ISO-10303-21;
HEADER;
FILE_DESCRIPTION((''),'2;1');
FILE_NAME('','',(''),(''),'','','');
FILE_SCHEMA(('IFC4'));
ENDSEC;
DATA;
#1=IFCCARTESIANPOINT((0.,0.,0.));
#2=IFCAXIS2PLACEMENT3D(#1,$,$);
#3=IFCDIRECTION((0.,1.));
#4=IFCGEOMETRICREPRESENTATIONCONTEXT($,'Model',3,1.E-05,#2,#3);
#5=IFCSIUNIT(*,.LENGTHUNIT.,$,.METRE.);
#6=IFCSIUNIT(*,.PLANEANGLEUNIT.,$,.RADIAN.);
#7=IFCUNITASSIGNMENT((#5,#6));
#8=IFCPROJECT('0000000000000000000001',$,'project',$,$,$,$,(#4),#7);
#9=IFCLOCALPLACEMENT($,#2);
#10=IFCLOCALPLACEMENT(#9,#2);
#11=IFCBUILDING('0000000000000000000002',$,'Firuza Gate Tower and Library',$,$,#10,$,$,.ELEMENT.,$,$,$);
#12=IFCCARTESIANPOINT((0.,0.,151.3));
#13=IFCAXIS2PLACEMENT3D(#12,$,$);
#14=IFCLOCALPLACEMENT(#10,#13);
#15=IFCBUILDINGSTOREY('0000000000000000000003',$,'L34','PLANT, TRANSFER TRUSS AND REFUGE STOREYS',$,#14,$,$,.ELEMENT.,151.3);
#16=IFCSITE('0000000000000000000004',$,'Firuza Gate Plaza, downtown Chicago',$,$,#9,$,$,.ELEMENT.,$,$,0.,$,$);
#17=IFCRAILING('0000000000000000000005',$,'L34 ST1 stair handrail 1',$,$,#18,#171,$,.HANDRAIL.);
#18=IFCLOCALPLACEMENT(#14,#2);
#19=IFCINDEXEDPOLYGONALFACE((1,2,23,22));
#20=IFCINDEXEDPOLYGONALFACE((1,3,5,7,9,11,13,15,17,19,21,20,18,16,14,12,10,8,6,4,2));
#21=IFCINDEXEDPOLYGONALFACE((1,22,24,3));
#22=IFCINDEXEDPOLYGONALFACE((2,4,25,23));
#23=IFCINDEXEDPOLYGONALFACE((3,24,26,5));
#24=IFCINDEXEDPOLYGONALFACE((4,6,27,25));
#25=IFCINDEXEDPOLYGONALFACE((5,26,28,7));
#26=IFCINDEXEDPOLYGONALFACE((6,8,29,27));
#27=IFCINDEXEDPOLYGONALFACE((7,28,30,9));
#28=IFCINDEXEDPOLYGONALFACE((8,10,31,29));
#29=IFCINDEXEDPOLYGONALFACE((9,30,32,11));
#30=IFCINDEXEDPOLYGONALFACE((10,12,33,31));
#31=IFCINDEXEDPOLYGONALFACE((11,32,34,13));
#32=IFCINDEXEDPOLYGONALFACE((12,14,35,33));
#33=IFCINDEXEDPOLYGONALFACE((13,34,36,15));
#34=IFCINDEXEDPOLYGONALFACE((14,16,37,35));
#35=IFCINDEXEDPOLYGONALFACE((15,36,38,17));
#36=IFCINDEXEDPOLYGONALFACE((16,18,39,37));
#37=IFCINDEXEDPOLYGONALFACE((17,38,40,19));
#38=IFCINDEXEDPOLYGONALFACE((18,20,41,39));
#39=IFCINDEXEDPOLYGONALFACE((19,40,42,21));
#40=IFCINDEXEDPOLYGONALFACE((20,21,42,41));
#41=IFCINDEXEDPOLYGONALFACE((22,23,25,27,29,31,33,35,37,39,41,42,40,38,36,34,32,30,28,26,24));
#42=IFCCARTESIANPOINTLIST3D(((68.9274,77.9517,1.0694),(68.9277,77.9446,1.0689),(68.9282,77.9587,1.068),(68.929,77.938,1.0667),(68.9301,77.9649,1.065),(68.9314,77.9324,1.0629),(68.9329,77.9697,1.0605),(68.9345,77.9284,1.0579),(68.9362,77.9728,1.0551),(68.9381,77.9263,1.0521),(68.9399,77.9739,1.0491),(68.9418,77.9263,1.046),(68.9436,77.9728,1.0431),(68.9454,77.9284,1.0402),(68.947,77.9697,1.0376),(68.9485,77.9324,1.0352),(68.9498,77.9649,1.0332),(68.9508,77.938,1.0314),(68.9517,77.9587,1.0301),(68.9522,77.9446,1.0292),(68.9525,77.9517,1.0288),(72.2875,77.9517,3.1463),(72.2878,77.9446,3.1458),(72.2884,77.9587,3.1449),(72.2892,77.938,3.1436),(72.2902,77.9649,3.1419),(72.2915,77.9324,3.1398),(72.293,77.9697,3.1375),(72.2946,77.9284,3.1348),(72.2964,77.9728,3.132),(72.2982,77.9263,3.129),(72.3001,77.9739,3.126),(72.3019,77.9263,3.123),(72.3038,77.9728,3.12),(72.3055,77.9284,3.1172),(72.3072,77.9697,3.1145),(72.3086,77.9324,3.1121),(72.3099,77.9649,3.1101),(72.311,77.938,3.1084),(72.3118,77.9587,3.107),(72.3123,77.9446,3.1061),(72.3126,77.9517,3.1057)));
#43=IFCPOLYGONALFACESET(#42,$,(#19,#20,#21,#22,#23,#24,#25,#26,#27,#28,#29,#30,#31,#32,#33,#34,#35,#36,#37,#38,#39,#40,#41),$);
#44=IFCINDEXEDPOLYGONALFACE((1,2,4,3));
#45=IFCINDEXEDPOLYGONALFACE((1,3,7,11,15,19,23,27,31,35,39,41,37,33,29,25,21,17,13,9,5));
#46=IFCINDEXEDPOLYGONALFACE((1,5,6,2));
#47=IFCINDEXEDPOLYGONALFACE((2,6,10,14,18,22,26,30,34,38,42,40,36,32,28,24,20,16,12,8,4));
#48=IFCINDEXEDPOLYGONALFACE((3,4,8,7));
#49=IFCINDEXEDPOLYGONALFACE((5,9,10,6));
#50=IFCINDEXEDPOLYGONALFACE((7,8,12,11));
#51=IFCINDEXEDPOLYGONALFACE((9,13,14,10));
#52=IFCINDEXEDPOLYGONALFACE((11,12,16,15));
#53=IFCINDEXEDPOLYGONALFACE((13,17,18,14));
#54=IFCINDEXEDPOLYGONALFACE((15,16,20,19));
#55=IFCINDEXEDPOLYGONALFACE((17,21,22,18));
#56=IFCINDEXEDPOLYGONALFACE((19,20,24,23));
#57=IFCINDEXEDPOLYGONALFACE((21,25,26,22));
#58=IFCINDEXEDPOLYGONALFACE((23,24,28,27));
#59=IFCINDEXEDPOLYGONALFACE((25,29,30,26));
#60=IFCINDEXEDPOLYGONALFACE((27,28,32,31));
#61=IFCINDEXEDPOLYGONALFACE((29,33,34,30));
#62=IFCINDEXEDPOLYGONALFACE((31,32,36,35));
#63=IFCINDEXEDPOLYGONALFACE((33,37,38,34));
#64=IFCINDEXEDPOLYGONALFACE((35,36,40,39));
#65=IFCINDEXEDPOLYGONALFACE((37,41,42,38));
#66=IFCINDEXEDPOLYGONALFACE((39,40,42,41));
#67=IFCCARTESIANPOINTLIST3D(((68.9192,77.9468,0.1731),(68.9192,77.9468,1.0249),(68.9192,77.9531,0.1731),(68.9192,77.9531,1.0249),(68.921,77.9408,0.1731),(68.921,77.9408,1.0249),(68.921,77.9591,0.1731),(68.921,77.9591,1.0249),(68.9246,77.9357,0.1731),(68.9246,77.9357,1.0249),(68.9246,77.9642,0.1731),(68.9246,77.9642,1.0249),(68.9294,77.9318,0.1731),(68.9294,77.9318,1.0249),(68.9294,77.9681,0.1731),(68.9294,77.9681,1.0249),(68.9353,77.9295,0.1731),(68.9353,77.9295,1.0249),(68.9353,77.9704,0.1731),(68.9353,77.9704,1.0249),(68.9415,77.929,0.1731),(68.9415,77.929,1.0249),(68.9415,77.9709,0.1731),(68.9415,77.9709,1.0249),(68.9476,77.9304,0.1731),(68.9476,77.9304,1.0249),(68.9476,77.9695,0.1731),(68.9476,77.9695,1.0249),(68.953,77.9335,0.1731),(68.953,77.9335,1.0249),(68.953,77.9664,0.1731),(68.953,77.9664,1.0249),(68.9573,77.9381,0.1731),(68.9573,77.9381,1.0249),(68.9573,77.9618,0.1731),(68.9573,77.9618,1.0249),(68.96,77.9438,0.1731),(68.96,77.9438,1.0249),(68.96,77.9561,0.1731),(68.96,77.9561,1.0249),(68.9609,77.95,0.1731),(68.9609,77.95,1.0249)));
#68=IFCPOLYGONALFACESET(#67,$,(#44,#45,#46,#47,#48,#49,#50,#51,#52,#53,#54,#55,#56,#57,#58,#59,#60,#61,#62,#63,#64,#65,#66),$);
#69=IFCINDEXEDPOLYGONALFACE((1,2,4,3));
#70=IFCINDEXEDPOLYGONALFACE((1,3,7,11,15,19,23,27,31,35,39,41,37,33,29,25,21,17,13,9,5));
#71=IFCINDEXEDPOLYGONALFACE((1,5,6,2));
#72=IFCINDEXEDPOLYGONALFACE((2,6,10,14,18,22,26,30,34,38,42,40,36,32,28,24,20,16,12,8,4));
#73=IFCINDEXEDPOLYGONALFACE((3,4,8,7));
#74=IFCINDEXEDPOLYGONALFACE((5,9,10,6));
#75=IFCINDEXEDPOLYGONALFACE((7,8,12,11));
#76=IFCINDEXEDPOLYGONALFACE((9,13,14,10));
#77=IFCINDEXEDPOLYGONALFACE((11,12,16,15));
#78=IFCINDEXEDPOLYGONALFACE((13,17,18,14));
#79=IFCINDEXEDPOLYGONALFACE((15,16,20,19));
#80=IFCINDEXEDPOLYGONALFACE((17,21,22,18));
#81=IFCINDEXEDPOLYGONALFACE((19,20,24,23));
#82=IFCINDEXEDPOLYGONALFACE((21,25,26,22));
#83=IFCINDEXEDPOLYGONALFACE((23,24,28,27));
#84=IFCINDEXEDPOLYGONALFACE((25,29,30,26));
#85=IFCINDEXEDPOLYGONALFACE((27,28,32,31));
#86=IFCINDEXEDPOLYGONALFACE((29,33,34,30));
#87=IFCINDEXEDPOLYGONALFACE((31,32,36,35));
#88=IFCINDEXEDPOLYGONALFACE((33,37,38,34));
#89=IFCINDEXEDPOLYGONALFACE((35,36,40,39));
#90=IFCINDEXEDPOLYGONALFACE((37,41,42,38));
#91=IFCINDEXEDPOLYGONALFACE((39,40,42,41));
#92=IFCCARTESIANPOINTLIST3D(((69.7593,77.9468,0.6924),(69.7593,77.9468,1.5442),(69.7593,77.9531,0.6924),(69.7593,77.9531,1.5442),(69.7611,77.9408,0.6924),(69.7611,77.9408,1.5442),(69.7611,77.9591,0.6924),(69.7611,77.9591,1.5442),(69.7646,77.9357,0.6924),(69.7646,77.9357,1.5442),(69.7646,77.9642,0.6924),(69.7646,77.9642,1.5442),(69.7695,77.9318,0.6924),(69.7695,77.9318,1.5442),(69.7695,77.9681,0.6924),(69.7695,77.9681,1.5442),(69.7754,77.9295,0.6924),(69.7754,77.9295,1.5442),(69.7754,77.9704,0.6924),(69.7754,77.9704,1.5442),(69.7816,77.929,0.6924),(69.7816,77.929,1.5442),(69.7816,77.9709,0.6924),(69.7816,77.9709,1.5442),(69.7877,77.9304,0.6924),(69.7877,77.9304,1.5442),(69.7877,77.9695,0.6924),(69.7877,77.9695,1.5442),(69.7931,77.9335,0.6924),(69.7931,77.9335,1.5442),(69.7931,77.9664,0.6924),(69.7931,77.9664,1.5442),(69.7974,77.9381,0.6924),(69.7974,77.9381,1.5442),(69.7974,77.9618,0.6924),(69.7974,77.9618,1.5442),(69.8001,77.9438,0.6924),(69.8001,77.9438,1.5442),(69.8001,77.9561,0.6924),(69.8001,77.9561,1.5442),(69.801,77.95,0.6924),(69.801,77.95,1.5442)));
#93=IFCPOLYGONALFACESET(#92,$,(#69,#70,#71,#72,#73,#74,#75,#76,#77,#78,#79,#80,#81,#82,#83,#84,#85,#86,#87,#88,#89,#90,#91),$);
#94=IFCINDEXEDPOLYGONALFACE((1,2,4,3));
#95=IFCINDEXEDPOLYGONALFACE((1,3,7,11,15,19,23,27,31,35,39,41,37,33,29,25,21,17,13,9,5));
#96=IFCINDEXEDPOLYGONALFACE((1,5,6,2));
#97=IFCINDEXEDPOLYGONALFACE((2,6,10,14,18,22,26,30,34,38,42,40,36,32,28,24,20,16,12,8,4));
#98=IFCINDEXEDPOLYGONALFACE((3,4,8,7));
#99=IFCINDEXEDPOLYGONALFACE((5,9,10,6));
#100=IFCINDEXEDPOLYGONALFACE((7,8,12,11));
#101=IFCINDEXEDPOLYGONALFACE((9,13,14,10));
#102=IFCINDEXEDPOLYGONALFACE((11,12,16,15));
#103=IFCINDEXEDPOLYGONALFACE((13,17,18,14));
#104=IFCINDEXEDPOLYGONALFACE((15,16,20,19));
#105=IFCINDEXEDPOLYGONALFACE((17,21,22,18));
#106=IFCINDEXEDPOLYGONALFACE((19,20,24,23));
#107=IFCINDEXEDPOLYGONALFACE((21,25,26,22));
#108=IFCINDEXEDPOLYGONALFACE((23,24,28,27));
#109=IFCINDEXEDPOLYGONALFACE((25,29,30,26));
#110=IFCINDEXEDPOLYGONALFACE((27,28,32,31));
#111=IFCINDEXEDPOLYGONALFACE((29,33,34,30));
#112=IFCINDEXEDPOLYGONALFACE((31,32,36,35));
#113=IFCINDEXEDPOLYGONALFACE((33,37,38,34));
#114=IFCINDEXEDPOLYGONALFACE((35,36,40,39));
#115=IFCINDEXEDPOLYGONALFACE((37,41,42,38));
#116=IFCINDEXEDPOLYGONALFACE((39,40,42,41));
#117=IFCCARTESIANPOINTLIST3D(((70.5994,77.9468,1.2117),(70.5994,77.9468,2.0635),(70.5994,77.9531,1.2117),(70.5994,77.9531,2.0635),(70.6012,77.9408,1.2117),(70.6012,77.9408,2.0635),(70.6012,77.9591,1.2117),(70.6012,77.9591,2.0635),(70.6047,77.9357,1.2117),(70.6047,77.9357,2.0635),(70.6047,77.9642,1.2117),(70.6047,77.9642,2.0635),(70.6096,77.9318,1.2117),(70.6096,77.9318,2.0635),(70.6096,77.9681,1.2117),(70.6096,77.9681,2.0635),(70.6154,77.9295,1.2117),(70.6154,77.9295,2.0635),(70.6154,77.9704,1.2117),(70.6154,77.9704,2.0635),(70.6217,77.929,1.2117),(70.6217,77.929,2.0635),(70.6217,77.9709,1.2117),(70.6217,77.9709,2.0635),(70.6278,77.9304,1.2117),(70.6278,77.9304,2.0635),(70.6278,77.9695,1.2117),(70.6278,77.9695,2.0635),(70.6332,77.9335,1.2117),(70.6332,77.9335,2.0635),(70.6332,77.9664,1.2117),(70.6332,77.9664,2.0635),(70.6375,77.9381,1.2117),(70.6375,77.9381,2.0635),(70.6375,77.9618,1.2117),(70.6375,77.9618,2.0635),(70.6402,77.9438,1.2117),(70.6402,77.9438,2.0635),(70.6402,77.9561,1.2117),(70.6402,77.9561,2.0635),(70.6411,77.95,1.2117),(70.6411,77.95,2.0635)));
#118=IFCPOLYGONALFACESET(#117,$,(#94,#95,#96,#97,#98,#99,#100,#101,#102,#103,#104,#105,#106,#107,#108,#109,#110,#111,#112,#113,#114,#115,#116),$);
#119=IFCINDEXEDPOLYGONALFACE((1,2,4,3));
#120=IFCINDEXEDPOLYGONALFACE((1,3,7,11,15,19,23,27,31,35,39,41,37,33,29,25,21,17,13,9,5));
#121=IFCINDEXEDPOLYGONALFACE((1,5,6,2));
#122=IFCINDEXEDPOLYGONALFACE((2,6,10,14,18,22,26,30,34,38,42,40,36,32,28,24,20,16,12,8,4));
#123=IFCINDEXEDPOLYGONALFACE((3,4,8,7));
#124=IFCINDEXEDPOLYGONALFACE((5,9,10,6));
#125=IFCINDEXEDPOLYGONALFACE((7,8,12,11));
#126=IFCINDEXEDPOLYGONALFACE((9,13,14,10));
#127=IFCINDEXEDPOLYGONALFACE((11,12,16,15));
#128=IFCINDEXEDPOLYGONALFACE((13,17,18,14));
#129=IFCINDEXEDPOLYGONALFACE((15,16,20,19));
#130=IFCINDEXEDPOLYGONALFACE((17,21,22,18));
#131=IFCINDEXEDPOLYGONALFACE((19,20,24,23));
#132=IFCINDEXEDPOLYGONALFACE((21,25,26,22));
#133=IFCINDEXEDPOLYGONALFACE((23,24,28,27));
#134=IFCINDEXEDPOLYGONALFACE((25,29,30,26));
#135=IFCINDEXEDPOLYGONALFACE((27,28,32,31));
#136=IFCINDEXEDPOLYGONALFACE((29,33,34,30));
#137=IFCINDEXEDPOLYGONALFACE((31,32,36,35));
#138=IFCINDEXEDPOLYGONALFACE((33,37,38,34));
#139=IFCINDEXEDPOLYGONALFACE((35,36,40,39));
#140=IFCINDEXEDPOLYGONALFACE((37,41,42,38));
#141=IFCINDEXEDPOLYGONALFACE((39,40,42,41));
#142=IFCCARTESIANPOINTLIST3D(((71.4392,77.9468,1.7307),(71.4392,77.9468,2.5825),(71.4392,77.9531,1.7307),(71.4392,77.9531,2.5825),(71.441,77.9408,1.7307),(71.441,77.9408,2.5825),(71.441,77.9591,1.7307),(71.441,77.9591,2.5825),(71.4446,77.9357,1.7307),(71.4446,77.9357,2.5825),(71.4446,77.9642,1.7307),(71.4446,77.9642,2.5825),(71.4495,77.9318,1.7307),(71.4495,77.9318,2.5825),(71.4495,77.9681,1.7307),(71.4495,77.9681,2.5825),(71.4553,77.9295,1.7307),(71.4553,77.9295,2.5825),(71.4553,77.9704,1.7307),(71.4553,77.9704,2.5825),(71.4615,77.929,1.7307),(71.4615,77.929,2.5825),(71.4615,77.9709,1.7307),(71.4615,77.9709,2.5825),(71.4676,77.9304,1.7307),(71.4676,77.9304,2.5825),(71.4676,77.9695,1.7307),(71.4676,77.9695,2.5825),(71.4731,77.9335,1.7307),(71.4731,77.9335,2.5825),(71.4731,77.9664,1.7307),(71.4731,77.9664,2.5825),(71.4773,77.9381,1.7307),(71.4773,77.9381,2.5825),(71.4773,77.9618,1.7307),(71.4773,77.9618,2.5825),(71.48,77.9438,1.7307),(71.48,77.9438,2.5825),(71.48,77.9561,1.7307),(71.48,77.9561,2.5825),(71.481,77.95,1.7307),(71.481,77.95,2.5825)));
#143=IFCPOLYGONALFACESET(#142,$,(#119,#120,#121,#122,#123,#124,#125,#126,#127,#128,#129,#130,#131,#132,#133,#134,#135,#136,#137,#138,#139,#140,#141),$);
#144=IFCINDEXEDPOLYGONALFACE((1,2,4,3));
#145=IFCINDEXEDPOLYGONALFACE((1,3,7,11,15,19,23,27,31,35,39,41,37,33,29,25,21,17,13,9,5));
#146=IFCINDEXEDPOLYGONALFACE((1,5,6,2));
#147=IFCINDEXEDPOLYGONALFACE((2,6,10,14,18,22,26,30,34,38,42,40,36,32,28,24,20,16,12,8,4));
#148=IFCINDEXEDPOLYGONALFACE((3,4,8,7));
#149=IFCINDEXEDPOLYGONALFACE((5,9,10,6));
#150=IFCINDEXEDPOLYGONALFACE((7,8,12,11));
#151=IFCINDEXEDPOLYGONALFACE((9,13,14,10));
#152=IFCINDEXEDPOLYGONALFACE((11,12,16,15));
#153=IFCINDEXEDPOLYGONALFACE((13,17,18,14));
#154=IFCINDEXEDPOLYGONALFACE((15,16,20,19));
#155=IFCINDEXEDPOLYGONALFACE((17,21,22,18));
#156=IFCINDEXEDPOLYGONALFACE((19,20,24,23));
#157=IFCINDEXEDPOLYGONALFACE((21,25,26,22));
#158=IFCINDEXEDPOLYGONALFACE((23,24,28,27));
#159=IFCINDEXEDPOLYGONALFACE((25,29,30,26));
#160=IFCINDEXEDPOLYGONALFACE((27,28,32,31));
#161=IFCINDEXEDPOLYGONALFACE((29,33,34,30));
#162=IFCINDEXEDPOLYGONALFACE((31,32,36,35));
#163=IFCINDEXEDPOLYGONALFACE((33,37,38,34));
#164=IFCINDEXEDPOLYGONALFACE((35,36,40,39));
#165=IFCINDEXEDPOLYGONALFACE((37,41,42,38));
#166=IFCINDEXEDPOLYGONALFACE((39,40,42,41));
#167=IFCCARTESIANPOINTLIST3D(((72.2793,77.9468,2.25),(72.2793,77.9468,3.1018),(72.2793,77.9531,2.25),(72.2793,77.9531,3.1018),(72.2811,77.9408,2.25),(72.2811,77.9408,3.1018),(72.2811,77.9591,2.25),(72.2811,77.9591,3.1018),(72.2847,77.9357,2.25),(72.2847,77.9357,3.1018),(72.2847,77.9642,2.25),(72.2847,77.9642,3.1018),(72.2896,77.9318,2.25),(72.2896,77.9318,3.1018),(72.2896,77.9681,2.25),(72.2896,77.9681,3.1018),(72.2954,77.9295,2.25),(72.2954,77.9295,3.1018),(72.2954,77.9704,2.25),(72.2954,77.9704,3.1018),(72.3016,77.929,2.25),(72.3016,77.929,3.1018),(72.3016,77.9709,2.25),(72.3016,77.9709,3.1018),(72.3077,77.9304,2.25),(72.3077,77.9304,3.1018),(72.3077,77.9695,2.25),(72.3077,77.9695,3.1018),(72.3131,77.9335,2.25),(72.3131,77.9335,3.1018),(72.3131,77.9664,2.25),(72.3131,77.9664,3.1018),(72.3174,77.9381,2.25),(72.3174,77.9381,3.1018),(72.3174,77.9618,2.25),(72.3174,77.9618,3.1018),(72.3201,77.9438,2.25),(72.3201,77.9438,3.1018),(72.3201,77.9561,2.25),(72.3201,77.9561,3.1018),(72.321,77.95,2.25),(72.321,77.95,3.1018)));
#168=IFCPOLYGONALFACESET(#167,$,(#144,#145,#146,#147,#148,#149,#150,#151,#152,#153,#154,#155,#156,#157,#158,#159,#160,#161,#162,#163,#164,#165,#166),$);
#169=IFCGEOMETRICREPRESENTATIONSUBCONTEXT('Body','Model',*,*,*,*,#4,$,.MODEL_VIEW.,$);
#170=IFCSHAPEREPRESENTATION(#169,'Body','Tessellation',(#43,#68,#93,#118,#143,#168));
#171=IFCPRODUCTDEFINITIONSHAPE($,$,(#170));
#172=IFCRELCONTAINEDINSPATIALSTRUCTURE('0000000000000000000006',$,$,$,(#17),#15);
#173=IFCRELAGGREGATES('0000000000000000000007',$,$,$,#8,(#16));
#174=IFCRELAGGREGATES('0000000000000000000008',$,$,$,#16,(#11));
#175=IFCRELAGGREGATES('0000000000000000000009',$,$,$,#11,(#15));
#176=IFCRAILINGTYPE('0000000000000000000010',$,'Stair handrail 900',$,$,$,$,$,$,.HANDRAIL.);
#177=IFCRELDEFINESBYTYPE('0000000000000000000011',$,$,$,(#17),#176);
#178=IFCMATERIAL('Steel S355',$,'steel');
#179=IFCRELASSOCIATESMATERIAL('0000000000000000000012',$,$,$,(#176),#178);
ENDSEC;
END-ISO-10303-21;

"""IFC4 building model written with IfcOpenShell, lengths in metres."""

from ifc_helpers import new_model, si_unit, direction, frame, origin, origin_2d, place, context, subcontext, project, spatial, circle, extrude, material, type_object, element, save


model = new_model("IFC4")

# Units and contexts
model_context = context("Model", 3, precision=1e-05, world=origin(), true_north=direction((0.0, 1.0)))
body_context = subcontext(model_context, "Body", "Model", "MODEL_VIEW")
ifc_project = project(units=[si_unit("LENGTHUNIT", "METRE"), si_unit("PLANEANGLEUNIT", "RADIAN")], contexts=[model_context])

# Site, building, storey
site_placement = place(None, origin())
site = spatial("IfcSite", under=ifc_project, at=site_placement, Name="Firuza Gate Plaza, downtown Chicago", CompositionType="ELEMENT", RefElevation=0.0)
building_placement = place(site_placement, origin())
building = spatial("IfcBuilding", under=site, at=building_placement, Name="Firuza Gate Tower and Library", CompositionType="ELEMENT")
storey_placement = place(building_placement, frame((0.0, 0.0, 151.3)))
storey = spatial("IfcBuildingStorey", under=building, at=storey_placement, Name="L34", Description="PLANT, TRANSFER TRUSS AND REFUGE STOREYS", CompositionType="ELEMENT", Elevation=151.3)

# Railing
ifc_material_1 = material(Name="Steel S355", Category="steel")
railing_type_1 = type_object("IfcRailingType", Name="Stair handrail 900", PredefinedType="HANDRAIL", material=ifc_material_1)
railing_1_placement = place(storey_placement, frame((68.9399, 77.95, 0.1731)))
element("IfcRailing", 1, at=railing_1_placement, inside=storey, type_object=railing_type_1, Name="L34 ST1 stair handrail 1", PredefinedType="HANDRAIL", context=body_context, shape_type="SweptSolid", body=[
    extrude(circle(Radius=0.0239, at=origin_2d()), frame((0.0, 0.0, 0.876), z_axis=(0.850623, 0.0, 0.525776), x_axis=(0.0, 1.0, 0.0)), (0.0, 0.0, 1.0), 3.9502),
    extrude(circle(Radius=0.021, at=origin_2d()), origin(), (0.0, 0.0, 1.0), 0.8518),
    extrude(circle(Radius=0.021, at=origin_2d()), frame((0.8401, 0.0, 0.5193)), (0.0, 0.0, 1.0), 0.8518),
    extrude(circle(Radius=0.021, at=origin_2d()), frame((1.6802, 0.0, 1.0386)), (0.0, 0.0, 1.0), 0.8518),
    extrude(circle(Radius=0.021, at=origin_2d()), frame((2.52, 0.0, 1.5576)), (0.0, 0.0, 1.0), 0.8518),
    extrude(circle(Radius=0.021, at=origin_2d()), frame((3.3601, 0.0, 2.0769)), (0.0, 0.0, 1.0), 0.8518),
])

save(model, "model.ifc")
